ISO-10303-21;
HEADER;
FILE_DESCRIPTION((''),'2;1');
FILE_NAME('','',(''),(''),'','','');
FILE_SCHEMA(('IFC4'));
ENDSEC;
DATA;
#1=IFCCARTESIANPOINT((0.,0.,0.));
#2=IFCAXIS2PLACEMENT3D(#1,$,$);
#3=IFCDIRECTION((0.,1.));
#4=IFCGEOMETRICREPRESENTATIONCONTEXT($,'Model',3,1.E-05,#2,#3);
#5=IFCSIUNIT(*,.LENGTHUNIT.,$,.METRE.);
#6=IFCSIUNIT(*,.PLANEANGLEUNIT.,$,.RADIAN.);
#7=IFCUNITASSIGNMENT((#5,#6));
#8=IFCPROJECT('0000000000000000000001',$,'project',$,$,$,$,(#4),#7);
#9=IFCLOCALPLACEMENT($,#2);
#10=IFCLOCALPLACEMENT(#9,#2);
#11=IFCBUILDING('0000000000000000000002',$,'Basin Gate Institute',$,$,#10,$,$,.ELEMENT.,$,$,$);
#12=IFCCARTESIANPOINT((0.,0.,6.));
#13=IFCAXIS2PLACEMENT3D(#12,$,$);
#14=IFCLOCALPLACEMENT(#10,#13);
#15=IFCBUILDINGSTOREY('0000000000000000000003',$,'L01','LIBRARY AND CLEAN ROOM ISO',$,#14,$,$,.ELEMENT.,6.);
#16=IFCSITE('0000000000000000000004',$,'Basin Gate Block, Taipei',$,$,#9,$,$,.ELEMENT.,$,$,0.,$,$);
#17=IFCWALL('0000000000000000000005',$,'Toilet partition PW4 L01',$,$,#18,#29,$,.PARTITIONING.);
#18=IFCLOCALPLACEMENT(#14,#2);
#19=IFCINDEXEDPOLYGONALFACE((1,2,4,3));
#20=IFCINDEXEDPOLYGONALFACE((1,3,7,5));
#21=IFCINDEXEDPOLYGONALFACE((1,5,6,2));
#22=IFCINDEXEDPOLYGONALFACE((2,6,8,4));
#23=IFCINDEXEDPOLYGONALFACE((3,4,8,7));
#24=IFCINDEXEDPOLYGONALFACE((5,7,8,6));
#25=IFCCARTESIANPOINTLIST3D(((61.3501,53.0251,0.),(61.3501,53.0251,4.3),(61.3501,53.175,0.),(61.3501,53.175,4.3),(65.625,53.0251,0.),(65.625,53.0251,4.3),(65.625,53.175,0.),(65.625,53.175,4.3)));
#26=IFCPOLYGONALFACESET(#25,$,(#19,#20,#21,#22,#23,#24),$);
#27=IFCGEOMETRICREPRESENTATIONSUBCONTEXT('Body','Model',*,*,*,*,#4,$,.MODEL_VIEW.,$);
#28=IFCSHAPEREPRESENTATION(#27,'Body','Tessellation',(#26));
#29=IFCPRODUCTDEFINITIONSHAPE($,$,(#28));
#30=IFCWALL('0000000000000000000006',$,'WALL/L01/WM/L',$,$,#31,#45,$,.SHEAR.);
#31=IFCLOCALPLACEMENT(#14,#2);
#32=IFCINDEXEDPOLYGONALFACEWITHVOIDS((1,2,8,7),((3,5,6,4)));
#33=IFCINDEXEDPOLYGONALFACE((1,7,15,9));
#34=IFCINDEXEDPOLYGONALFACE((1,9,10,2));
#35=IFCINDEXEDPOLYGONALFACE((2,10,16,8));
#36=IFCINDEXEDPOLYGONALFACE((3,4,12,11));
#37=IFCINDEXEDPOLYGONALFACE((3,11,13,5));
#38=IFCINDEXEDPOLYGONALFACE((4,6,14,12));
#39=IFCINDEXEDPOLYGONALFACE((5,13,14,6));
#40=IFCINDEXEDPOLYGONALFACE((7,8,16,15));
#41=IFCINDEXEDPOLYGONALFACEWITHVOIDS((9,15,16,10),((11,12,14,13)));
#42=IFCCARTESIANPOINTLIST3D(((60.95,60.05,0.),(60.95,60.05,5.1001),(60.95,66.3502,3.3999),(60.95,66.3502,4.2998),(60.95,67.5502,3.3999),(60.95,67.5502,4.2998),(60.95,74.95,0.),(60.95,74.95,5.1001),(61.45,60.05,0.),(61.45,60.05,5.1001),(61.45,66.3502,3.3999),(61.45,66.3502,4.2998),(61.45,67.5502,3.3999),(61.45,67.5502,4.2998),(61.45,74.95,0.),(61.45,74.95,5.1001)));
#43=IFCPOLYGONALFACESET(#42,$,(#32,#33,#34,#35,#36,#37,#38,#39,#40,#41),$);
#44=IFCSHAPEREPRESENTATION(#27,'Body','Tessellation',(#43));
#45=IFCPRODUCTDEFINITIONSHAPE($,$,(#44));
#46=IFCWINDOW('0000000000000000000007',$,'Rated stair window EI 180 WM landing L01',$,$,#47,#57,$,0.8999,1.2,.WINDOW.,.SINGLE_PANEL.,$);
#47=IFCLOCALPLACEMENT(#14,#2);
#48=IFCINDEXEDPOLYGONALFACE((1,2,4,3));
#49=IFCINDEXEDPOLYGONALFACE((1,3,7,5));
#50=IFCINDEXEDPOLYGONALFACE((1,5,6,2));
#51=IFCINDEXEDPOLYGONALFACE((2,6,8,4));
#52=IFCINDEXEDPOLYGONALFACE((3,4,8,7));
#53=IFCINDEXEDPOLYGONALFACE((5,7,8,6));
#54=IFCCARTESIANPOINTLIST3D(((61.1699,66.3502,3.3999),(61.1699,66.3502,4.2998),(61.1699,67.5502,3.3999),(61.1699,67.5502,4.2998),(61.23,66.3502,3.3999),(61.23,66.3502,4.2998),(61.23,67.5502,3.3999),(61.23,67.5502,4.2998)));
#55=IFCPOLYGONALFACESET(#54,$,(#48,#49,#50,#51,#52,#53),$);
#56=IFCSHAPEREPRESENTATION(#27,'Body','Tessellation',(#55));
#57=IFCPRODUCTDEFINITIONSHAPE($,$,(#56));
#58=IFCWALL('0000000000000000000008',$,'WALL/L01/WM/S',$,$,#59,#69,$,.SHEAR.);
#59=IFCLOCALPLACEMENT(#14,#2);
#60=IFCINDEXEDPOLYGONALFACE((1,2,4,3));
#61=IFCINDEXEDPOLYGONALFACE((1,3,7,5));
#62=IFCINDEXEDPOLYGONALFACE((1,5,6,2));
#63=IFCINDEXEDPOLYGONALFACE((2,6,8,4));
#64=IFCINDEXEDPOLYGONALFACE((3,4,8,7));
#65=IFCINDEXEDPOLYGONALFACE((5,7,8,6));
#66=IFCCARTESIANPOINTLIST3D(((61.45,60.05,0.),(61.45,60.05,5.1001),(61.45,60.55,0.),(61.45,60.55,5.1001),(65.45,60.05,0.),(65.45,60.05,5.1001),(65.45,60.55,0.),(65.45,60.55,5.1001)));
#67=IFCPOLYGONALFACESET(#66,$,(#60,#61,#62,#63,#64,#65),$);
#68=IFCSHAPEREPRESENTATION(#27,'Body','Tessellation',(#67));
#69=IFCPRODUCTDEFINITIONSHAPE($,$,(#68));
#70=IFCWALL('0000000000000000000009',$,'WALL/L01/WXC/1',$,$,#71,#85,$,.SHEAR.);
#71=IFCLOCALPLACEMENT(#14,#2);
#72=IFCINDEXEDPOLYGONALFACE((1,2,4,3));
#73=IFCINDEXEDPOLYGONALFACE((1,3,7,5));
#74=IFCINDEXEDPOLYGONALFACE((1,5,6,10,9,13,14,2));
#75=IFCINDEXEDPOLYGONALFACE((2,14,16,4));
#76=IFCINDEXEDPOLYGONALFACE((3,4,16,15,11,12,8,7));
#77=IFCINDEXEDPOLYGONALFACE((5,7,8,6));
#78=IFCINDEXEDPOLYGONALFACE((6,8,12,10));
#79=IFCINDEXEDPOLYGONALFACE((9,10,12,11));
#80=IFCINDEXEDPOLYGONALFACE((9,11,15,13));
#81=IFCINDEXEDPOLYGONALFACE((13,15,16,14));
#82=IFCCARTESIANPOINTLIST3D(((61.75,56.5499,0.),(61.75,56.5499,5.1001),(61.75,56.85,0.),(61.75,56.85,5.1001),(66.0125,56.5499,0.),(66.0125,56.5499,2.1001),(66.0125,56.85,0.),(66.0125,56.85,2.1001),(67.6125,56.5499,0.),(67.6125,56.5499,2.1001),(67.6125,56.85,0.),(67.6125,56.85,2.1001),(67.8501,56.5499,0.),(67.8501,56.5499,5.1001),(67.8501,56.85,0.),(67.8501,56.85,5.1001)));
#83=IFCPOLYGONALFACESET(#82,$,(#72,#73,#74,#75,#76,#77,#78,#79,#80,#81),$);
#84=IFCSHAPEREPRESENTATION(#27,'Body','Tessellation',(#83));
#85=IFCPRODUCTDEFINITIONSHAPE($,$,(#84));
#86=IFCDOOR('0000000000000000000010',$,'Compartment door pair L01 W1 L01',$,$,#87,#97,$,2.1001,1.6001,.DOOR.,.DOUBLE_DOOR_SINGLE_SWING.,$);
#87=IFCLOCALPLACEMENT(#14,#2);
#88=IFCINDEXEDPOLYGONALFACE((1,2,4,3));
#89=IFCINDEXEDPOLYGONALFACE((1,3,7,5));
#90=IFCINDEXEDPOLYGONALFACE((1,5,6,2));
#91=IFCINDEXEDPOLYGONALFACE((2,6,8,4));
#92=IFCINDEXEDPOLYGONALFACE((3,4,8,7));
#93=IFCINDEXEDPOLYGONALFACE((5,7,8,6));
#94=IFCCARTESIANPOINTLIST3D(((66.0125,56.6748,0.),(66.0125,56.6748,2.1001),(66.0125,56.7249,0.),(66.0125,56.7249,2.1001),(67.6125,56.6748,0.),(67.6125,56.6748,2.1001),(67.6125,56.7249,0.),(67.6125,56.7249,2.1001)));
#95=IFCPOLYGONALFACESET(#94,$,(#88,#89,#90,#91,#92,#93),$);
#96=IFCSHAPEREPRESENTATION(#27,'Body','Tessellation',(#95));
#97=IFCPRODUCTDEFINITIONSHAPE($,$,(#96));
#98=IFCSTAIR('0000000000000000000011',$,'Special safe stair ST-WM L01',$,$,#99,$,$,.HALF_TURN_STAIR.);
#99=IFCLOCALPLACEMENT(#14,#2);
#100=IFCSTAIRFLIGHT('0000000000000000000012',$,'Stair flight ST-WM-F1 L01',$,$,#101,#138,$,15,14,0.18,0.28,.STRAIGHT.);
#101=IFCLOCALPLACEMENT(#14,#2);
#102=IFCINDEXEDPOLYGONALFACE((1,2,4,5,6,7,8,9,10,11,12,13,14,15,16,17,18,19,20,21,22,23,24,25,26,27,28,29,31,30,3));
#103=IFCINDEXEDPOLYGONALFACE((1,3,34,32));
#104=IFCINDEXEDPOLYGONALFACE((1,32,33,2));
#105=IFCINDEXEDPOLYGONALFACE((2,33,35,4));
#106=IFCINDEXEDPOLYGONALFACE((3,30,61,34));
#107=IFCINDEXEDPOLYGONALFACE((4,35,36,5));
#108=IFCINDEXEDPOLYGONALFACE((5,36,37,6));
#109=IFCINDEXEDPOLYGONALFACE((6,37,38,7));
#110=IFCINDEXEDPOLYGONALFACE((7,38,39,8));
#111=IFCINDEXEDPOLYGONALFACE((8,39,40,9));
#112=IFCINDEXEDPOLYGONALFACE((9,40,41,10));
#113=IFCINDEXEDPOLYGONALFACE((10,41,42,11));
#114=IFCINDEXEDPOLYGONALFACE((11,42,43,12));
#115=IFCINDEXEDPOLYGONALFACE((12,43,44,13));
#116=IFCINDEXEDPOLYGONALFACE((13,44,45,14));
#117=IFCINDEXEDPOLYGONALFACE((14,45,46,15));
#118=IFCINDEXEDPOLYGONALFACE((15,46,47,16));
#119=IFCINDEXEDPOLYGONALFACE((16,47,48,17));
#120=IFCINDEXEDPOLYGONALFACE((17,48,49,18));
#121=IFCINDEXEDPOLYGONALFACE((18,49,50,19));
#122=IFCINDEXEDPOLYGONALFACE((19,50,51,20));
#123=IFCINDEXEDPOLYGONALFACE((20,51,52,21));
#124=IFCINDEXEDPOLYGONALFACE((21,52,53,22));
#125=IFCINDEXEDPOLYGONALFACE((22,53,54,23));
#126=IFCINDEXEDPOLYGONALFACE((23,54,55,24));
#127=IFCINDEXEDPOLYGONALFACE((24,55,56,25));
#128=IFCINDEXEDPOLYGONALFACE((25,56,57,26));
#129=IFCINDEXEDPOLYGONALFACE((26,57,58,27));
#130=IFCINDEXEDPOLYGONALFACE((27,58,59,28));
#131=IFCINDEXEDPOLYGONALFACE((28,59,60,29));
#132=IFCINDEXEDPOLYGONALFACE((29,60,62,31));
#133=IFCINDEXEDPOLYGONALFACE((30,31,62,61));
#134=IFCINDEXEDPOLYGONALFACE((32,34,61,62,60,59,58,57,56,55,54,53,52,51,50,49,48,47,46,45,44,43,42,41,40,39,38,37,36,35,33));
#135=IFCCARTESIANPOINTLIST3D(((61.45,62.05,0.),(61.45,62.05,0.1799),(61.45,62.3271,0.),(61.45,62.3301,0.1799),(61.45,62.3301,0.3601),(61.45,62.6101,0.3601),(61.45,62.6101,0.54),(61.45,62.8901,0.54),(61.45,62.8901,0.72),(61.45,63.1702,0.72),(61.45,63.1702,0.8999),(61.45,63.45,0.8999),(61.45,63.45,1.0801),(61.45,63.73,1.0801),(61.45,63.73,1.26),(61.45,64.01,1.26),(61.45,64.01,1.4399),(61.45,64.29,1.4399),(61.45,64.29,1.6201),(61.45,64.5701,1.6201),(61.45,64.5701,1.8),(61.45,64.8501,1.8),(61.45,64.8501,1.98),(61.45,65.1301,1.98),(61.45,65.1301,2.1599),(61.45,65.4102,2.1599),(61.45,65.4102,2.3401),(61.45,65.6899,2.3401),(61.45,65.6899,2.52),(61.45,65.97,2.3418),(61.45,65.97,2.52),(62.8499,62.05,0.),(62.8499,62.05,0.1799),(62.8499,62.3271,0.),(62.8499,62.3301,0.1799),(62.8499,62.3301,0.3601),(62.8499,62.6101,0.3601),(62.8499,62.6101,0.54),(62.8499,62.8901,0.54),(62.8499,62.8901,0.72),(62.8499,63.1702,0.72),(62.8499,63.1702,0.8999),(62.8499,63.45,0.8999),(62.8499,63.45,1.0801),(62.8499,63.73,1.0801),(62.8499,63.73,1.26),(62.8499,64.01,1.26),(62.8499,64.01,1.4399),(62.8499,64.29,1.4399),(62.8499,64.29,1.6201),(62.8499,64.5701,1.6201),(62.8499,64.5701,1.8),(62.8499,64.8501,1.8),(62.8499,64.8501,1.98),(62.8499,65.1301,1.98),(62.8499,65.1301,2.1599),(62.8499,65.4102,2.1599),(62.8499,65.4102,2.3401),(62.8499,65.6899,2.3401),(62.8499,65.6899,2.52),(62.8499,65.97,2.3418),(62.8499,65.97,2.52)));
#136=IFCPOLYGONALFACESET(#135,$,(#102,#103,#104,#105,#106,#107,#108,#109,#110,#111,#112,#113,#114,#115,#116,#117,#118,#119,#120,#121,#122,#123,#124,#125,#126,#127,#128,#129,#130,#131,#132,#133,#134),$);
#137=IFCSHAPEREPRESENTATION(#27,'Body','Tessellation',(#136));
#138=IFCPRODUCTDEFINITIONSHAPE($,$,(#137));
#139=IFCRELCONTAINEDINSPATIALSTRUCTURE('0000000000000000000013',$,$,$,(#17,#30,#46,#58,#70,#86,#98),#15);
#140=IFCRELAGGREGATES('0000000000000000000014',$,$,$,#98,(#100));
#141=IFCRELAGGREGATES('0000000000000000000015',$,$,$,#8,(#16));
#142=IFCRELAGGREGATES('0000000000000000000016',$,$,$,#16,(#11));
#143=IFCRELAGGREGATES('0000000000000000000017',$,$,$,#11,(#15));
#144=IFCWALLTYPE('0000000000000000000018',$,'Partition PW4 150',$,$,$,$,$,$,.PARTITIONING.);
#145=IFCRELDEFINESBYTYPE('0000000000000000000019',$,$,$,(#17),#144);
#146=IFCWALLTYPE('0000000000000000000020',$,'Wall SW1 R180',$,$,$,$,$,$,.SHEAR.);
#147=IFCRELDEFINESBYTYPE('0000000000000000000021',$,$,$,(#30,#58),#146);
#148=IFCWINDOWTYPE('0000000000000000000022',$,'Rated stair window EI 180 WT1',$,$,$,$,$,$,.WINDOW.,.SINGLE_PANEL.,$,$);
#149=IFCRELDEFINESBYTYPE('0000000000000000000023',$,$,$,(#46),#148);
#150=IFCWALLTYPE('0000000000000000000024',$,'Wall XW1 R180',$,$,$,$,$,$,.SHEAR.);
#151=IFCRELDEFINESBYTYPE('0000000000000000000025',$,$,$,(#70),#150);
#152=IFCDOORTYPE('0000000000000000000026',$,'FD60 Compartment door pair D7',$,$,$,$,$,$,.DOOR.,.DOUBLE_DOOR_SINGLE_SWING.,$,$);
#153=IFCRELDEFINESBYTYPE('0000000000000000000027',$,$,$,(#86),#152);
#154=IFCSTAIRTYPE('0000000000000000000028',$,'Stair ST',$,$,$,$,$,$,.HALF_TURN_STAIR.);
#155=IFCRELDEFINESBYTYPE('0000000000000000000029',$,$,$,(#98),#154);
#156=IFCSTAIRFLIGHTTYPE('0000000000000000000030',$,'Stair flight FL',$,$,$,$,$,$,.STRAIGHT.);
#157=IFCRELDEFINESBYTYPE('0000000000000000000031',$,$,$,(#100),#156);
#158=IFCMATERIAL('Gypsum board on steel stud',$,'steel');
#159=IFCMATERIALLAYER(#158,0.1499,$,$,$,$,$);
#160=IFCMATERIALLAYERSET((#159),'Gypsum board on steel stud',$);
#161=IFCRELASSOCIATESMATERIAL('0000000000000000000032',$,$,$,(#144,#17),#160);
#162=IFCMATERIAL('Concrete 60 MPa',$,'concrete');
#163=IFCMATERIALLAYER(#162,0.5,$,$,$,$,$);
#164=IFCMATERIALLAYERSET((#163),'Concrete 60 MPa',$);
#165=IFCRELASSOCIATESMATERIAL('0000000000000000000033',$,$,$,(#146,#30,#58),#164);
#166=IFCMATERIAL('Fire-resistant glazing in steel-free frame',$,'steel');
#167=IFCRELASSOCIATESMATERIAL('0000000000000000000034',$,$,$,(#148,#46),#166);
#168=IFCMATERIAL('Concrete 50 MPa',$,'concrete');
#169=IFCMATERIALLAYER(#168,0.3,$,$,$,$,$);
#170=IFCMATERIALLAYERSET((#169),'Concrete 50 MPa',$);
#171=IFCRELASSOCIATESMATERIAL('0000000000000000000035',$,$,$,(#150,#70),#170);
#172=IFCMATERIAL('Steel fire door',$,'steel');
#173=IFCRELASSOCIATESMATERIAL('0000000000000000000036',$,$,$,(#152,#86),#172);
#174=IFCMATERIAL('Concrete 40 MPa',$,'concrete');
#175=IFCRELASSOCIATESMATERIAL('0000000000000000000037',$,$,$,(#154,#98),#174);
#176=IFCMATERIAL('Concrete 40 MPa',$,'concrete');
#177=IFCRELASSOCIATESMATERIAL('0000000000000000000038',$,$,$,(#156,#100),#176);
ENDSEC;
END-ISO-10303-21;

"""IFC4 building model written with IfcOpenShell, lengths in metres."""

from ifc_helpers import new_model, si_unit, direction, frame, frame_2d, origin, place, context, subcontext, project, spatial, polyline, rectangle, outline, extrude, material, layer, layer_set, type_object, element, fill, aggregate, save


model = new_model("IFC4")

# Units and contexts
model_context = context("Model", 3, precision=1e-05, world=origin(), true_north=direction((0.0, 1.0)))
body_context = subcontext(model_context, "Body", "Model", "MODEL_VIEW")
ifc_project = project(units=[si_unit("LENGTHUNIT", "METRE"), si_unit("PLANEANGLEUNIT", "RADIAN")], contexts=[model_context])

# Site, building, storey
site_placement = place(None, origin())
site = spatial("IfcSite", under=ifc_project, at=site_placement, Name="Basin Gate Block, Taipei", CompositionType="ELEMENT", RefElevation=0.0)
building_placement = place(site_placement, origin())
building = spatial("IfcBuilding", under=site, at=building_placement, Name="Basin Gate Institute", CompositionType="ELEMENT")
storey_placement = place(building_placement, frame((0.0, 0.0, 6.0)))
storey = spatial("IfcBuildingStorey", under=building, at=storey_placement, Name="L01", Description="LIBRARY AND CLEAN ROOM ISO", CompositionType="ELEMENT", Elevation=6.0)

# Wall
ifc_material_1 = material(Name="Gypsum board on steel stud", Category="steel")
ifc_layer_1 = layer(ifc_material_1, 0.1499)
ifc_layer_set_1 = layer_set([ifc_layer_1], Name="Gypsum board on steel stud")
wall_type_1 = type_object("IfcWallType", Name="Partition PW4 150", PredefinedType="PARTITIONING", material=ifc_layer_set_1)
for number, where, z_axis, x_axis, name in (
    (1, (61.3501, 53.1001, 0.0), (0.0, 0.0, 1.0), (1.0, 0.0, 0.0), "Toilet partition PW4 L01"),
):
    element("IfcWall", number, at=place(storey_placement, frame(where, z_axis=z_axis, x_axis=x_axis)), inside=storey, type_object=wall_type_1, material=ifc_layer_set_1, Name=name, PredefinedType="PARTITIONING", context=body_context, shape_type="SweptSolid", body=[
        extrude(rectangle(XDim=4.2749, YDim=0.1499, at=frame_2d((2.1375, 0.0))), origin(), (0.0, 0.0, 1.0), 4.3),
    ])

# Wall, opening, window
ifc_material_2 = material(Name="Concrete 60 MPa", Category="concrete")
ifc_layer_2 = layer(ifc_material_2, 0.5)
ifc_layer_set_2 = layer_set([ifc_layer_2], Name="Concrete 60 MPa")
wall_type_2 = type_object("IfcWallType", Name="Wall SW1 R180", PredefinedType="SHEAR", material=ifc_layer_set_2)
wall_1_placement = place(storey_placement, frame((61.2, 60.05, 0.0), z_axis=(0.0, 0.0, 1.0), x_axis=(0.0, 1.0, 0.0)))
wall_1 = element("IfcWall", 2, at=wall_1_placement, inside=storey, type_object=wall_type_2, material=ifc_layer_set_2, Name="WALL/L01/WM/L", PredefinedType="SHEAR", context=body_context, shape_type="SweptSolid", body=[
    extrude(rectangle(XDim=14.8999, YDim=0.5, at=frame_2d((7.45, 0.0))), origin(), (0.0, 0.0, 1.0), 5.1001),
])
opening_1_placement = place(wall_1_placement, frame((6.3, 0.0, 3.3999)))
opening_1 = element("IfcOpeningElement", 3, at=opening_1_placement, cuts=wall_1, PredefinedType="OPENING", context=body_context, shape_type="SweptSolid", body=[
    extrude(rectangle(XDim=1.2, YDim=0.8999, at=frame_2d((0.6001, 0.45))), frame((0.0, 0.26, 0.0), z_axis=(0.0, -1.0, 0.0), x_axis=(1.0, 0.0, 0.0)), (0.0, 0.0, 1.0), 0.52),
])
ifc_material_3 = material(Name="Fire-resistant glazing in steel-free frame", Category="steel")
window_type_1 = type_object("IfcWindowType", Name="Rated stair window EI 180 WT1", PartitioningType="SINGLE_PANEL", PredefinedType="WINDOW", material=ifc_material_3)
window_1_placement = place(opening_1_placement, origin())
window_1 = element("IfcWindow", 4, at=window_1_placement, inside=storey, type_object=window_type_1, material=ifc_material_3, Name="Rated stair window EI 180 WM landing L01", OverallHeight=0.8999, OverallWidth=1.2, PartitioningType="SINGLE_PANEL", PredefinedType="WINDOW", context=body_context, shape_type="SweptSolid", body=[
    extrude(rectangle(XDim=1.2, YDim=0.8999, at=frame_2d((0.6001, 0.45))), frame((0.0, 0.03, 0.0), z_axis=(0.0, -1.0, 0.0), x_axis=(1.0, 0.0, 0.0)), (0.0, 0.0, 1.0), 0.0601),
])
fill(opening_1, window_1)

# Wall
wall_2_placement = place(storey_placement, frame((61.45, 60.3, 0.0), z_axis=(0.0, 0.0, 1.0), x_axis=(1.0, 0.0, 0.0)))
element("IfcWall", 5, at=wall_2_placement, inside=storey, type_object=wall_type_2, material=ifc_layer_set_2, Name="WALL/L01/WM/S", PredefinedType="SHEAR", context=body_context, shape_type="SweptSolid", body=[
    extrude(rectangle(XDim=4.0, YDim=0.5, at=frame_2d((2.0, 0.0))), origin(), (0.0, 0.0, 1.0), 5.1001),
])

# Wall, opening, door
ifc_material_4 = material(Name="Concrete 50 MPa", Category="concrete")
ifc_layer_3 = layer(ifc_material_4, 0.3)
ifc_layer_set_3 = layer_set([ifc_layer_3], Name="Concrete 50 MPa")
wall_type_3 = type_object("IfcWallType", Name="Wall XW1 R180", PredefinedType="SHEAR", material=ifc_layer_set_3)
wall_3_placement = place(storey_placement, frame((61.75, 56.7, 0.0), z_axis=(0.0, 0.0, 1.0), x_axis=(1.0, 0.0, 0.0)))
wall_3 = element("IfcWall", 6, at=wall_3_placement, inside=storey, type_object=wall_type_3, material=ifc_layer_set_3, Name="WALL/L01/WXC/1", PredefinedType="SHEAR", context=body_context, shape_type="SweptSolid", body=[
    extrude(rectangle(XDim=6.1001, YDim=0.3, at=frame_2d((3.05, 0.0))), origin(), (0.0, 0.0, 1.0), 5.1001),
])
opening_2_placement = place(wall_3_placement, frame((4.2625, 0.0, 0.0)))
opening_2 = element("IfcOpeningElement", 7, at=opening_2_placement, cuts=wall_3, PredefinedType="OPENING", context=body_context, shape_type="SweptSolid", body=[
    extrude(rectangle(XDim=1.6001, YDim=2.1001, at=frame_2d((0.8, 1.05))), frame((0.0, 0.1602, 0.0), z_axis=(0.0, -1.0, 0.0), x_axis=(1.0, 0.0, 0.0)), (0.0, 0.0, 1.0), 0.3201),
])
ifc_material_5 = material(Name="Steel fire door", Category="steel")
door_type = type_object("IfcDoorType", Name="FD60 Compartment door pair D7", OperationType="DOUBLE_DOOR_SINGLE_SWING", PredefinedType="DOOR", material=ifc_material_5)
door_placement = place(opening_2_placement, origin())
door = element("IfcDoor", 8, at=door_placement, inside=storey, type_object=door_type, material=ifc_material_5, Name="Compartment door pair L01 W1 L01", OperationType="DOUBLE_DOOR_SINGLE_SWING", OverallHeight=2.1001, OverallWidth=1.6001, PredefinedType="DOOR", context=body_context, shape_type="SweptSolid", body=[
    extrude(rectangle(XDim=1.6001, YDim=2.1001, at=frame_2d((0.8, 1.05))), frame((0.0, 0.0249, 0.0), z_axis=(0.0, -1.0, 0.0), x_axis=(1.0, 0.0, 0.0)), (0.0, 0.0, 1.0), 0.05),
])
fill(opening_2, door)

# Stair, stair flight
ifc_material_6 = material(Name="Concrete 40 MPa", Category="concrete")
stair_type = type_object("IfcStairType", Name="Stair ST", PredefinedType="HALF_TURN_STAIR", material=ifc_material_6)
stair_placement = place(storey_placement, origin())
stair = element("IfcStair", 9, at=stair_placement, inside=storey, type_object=stair_type, material=ifc_material_6, Name="Special safe stair ST-WM L01", PredefinedType="HALF_TURN_STAIR")
ifc_material_7 = material(Name="Concrete 40 MPa", Category="concrete")
stair_flight_type = type_object("IfcStairFlightType", Name="Stair flight FL", PredefinedType="STRAIGHT", material=ifc_material_7)
stair_flight_placement = place(storey_placement, frame((62.1499, 62.05, 0.0), z_axis=(0.0, 0.0, 1.0), x_axis=(0.0, 1.0, 0.0)))
stair_flight = element("IfcStairFlight", 10, at=stair_flight_placement, type_object=stair_flight_type, material=ifc_material_7, Name="Stair flight ST-WM-F1 L01", NumberOfRisers=15, NumberOfTreads=14, PredefinedType="STRAIGHT", RiserHeight=0.18, TreadLength=0.28, context=body_context, shape_type="SweptSolid", body=[
    extrude(outline(polyline([(0.0, 0.0), (0.0, 0.1799), (0.28, 0.1799), (0.28, 0.3601), (0.5601, 0.3601), (0.5601, 0.54), (0.8401, 0.54), (0.8401, 0.72), (1.1201, 0.72), (1.1201, 0.8999), (1.3999, 0.8999), (1.3999, 1.0801), (1.6799, 1.0801), (1.6799, 1.26), (1.96, 1.26), (1.96, 1.4399), (2.24, 1.4399), (2.24, 1.6201), (2.52, 1.6201), (2.52, 1.8), (2.8, 1.8), (2.8, 1.98), (3.0801, 1.98), (3.0801, 2.1599), (3.3601, 2.1599), (3.3601, 2.3401), (3.6399, 2.3401), (3.6399, 2.52), (3.9199, 2.52), (3.9199, 2.7), (3.9199, 2.3418), (0.2771, 0.0), (0.0, 0.0)])), frame((0.0, 0.7, 0.0), z_axis=(0.0, -1.0, 0.0), x_axis=(1.0, 0.0, 0.0)), (0.0, 0.0, 1.0), 1.3999),
])
aggregate(stair, [stair_flight])

save(model, "model.ifc")
